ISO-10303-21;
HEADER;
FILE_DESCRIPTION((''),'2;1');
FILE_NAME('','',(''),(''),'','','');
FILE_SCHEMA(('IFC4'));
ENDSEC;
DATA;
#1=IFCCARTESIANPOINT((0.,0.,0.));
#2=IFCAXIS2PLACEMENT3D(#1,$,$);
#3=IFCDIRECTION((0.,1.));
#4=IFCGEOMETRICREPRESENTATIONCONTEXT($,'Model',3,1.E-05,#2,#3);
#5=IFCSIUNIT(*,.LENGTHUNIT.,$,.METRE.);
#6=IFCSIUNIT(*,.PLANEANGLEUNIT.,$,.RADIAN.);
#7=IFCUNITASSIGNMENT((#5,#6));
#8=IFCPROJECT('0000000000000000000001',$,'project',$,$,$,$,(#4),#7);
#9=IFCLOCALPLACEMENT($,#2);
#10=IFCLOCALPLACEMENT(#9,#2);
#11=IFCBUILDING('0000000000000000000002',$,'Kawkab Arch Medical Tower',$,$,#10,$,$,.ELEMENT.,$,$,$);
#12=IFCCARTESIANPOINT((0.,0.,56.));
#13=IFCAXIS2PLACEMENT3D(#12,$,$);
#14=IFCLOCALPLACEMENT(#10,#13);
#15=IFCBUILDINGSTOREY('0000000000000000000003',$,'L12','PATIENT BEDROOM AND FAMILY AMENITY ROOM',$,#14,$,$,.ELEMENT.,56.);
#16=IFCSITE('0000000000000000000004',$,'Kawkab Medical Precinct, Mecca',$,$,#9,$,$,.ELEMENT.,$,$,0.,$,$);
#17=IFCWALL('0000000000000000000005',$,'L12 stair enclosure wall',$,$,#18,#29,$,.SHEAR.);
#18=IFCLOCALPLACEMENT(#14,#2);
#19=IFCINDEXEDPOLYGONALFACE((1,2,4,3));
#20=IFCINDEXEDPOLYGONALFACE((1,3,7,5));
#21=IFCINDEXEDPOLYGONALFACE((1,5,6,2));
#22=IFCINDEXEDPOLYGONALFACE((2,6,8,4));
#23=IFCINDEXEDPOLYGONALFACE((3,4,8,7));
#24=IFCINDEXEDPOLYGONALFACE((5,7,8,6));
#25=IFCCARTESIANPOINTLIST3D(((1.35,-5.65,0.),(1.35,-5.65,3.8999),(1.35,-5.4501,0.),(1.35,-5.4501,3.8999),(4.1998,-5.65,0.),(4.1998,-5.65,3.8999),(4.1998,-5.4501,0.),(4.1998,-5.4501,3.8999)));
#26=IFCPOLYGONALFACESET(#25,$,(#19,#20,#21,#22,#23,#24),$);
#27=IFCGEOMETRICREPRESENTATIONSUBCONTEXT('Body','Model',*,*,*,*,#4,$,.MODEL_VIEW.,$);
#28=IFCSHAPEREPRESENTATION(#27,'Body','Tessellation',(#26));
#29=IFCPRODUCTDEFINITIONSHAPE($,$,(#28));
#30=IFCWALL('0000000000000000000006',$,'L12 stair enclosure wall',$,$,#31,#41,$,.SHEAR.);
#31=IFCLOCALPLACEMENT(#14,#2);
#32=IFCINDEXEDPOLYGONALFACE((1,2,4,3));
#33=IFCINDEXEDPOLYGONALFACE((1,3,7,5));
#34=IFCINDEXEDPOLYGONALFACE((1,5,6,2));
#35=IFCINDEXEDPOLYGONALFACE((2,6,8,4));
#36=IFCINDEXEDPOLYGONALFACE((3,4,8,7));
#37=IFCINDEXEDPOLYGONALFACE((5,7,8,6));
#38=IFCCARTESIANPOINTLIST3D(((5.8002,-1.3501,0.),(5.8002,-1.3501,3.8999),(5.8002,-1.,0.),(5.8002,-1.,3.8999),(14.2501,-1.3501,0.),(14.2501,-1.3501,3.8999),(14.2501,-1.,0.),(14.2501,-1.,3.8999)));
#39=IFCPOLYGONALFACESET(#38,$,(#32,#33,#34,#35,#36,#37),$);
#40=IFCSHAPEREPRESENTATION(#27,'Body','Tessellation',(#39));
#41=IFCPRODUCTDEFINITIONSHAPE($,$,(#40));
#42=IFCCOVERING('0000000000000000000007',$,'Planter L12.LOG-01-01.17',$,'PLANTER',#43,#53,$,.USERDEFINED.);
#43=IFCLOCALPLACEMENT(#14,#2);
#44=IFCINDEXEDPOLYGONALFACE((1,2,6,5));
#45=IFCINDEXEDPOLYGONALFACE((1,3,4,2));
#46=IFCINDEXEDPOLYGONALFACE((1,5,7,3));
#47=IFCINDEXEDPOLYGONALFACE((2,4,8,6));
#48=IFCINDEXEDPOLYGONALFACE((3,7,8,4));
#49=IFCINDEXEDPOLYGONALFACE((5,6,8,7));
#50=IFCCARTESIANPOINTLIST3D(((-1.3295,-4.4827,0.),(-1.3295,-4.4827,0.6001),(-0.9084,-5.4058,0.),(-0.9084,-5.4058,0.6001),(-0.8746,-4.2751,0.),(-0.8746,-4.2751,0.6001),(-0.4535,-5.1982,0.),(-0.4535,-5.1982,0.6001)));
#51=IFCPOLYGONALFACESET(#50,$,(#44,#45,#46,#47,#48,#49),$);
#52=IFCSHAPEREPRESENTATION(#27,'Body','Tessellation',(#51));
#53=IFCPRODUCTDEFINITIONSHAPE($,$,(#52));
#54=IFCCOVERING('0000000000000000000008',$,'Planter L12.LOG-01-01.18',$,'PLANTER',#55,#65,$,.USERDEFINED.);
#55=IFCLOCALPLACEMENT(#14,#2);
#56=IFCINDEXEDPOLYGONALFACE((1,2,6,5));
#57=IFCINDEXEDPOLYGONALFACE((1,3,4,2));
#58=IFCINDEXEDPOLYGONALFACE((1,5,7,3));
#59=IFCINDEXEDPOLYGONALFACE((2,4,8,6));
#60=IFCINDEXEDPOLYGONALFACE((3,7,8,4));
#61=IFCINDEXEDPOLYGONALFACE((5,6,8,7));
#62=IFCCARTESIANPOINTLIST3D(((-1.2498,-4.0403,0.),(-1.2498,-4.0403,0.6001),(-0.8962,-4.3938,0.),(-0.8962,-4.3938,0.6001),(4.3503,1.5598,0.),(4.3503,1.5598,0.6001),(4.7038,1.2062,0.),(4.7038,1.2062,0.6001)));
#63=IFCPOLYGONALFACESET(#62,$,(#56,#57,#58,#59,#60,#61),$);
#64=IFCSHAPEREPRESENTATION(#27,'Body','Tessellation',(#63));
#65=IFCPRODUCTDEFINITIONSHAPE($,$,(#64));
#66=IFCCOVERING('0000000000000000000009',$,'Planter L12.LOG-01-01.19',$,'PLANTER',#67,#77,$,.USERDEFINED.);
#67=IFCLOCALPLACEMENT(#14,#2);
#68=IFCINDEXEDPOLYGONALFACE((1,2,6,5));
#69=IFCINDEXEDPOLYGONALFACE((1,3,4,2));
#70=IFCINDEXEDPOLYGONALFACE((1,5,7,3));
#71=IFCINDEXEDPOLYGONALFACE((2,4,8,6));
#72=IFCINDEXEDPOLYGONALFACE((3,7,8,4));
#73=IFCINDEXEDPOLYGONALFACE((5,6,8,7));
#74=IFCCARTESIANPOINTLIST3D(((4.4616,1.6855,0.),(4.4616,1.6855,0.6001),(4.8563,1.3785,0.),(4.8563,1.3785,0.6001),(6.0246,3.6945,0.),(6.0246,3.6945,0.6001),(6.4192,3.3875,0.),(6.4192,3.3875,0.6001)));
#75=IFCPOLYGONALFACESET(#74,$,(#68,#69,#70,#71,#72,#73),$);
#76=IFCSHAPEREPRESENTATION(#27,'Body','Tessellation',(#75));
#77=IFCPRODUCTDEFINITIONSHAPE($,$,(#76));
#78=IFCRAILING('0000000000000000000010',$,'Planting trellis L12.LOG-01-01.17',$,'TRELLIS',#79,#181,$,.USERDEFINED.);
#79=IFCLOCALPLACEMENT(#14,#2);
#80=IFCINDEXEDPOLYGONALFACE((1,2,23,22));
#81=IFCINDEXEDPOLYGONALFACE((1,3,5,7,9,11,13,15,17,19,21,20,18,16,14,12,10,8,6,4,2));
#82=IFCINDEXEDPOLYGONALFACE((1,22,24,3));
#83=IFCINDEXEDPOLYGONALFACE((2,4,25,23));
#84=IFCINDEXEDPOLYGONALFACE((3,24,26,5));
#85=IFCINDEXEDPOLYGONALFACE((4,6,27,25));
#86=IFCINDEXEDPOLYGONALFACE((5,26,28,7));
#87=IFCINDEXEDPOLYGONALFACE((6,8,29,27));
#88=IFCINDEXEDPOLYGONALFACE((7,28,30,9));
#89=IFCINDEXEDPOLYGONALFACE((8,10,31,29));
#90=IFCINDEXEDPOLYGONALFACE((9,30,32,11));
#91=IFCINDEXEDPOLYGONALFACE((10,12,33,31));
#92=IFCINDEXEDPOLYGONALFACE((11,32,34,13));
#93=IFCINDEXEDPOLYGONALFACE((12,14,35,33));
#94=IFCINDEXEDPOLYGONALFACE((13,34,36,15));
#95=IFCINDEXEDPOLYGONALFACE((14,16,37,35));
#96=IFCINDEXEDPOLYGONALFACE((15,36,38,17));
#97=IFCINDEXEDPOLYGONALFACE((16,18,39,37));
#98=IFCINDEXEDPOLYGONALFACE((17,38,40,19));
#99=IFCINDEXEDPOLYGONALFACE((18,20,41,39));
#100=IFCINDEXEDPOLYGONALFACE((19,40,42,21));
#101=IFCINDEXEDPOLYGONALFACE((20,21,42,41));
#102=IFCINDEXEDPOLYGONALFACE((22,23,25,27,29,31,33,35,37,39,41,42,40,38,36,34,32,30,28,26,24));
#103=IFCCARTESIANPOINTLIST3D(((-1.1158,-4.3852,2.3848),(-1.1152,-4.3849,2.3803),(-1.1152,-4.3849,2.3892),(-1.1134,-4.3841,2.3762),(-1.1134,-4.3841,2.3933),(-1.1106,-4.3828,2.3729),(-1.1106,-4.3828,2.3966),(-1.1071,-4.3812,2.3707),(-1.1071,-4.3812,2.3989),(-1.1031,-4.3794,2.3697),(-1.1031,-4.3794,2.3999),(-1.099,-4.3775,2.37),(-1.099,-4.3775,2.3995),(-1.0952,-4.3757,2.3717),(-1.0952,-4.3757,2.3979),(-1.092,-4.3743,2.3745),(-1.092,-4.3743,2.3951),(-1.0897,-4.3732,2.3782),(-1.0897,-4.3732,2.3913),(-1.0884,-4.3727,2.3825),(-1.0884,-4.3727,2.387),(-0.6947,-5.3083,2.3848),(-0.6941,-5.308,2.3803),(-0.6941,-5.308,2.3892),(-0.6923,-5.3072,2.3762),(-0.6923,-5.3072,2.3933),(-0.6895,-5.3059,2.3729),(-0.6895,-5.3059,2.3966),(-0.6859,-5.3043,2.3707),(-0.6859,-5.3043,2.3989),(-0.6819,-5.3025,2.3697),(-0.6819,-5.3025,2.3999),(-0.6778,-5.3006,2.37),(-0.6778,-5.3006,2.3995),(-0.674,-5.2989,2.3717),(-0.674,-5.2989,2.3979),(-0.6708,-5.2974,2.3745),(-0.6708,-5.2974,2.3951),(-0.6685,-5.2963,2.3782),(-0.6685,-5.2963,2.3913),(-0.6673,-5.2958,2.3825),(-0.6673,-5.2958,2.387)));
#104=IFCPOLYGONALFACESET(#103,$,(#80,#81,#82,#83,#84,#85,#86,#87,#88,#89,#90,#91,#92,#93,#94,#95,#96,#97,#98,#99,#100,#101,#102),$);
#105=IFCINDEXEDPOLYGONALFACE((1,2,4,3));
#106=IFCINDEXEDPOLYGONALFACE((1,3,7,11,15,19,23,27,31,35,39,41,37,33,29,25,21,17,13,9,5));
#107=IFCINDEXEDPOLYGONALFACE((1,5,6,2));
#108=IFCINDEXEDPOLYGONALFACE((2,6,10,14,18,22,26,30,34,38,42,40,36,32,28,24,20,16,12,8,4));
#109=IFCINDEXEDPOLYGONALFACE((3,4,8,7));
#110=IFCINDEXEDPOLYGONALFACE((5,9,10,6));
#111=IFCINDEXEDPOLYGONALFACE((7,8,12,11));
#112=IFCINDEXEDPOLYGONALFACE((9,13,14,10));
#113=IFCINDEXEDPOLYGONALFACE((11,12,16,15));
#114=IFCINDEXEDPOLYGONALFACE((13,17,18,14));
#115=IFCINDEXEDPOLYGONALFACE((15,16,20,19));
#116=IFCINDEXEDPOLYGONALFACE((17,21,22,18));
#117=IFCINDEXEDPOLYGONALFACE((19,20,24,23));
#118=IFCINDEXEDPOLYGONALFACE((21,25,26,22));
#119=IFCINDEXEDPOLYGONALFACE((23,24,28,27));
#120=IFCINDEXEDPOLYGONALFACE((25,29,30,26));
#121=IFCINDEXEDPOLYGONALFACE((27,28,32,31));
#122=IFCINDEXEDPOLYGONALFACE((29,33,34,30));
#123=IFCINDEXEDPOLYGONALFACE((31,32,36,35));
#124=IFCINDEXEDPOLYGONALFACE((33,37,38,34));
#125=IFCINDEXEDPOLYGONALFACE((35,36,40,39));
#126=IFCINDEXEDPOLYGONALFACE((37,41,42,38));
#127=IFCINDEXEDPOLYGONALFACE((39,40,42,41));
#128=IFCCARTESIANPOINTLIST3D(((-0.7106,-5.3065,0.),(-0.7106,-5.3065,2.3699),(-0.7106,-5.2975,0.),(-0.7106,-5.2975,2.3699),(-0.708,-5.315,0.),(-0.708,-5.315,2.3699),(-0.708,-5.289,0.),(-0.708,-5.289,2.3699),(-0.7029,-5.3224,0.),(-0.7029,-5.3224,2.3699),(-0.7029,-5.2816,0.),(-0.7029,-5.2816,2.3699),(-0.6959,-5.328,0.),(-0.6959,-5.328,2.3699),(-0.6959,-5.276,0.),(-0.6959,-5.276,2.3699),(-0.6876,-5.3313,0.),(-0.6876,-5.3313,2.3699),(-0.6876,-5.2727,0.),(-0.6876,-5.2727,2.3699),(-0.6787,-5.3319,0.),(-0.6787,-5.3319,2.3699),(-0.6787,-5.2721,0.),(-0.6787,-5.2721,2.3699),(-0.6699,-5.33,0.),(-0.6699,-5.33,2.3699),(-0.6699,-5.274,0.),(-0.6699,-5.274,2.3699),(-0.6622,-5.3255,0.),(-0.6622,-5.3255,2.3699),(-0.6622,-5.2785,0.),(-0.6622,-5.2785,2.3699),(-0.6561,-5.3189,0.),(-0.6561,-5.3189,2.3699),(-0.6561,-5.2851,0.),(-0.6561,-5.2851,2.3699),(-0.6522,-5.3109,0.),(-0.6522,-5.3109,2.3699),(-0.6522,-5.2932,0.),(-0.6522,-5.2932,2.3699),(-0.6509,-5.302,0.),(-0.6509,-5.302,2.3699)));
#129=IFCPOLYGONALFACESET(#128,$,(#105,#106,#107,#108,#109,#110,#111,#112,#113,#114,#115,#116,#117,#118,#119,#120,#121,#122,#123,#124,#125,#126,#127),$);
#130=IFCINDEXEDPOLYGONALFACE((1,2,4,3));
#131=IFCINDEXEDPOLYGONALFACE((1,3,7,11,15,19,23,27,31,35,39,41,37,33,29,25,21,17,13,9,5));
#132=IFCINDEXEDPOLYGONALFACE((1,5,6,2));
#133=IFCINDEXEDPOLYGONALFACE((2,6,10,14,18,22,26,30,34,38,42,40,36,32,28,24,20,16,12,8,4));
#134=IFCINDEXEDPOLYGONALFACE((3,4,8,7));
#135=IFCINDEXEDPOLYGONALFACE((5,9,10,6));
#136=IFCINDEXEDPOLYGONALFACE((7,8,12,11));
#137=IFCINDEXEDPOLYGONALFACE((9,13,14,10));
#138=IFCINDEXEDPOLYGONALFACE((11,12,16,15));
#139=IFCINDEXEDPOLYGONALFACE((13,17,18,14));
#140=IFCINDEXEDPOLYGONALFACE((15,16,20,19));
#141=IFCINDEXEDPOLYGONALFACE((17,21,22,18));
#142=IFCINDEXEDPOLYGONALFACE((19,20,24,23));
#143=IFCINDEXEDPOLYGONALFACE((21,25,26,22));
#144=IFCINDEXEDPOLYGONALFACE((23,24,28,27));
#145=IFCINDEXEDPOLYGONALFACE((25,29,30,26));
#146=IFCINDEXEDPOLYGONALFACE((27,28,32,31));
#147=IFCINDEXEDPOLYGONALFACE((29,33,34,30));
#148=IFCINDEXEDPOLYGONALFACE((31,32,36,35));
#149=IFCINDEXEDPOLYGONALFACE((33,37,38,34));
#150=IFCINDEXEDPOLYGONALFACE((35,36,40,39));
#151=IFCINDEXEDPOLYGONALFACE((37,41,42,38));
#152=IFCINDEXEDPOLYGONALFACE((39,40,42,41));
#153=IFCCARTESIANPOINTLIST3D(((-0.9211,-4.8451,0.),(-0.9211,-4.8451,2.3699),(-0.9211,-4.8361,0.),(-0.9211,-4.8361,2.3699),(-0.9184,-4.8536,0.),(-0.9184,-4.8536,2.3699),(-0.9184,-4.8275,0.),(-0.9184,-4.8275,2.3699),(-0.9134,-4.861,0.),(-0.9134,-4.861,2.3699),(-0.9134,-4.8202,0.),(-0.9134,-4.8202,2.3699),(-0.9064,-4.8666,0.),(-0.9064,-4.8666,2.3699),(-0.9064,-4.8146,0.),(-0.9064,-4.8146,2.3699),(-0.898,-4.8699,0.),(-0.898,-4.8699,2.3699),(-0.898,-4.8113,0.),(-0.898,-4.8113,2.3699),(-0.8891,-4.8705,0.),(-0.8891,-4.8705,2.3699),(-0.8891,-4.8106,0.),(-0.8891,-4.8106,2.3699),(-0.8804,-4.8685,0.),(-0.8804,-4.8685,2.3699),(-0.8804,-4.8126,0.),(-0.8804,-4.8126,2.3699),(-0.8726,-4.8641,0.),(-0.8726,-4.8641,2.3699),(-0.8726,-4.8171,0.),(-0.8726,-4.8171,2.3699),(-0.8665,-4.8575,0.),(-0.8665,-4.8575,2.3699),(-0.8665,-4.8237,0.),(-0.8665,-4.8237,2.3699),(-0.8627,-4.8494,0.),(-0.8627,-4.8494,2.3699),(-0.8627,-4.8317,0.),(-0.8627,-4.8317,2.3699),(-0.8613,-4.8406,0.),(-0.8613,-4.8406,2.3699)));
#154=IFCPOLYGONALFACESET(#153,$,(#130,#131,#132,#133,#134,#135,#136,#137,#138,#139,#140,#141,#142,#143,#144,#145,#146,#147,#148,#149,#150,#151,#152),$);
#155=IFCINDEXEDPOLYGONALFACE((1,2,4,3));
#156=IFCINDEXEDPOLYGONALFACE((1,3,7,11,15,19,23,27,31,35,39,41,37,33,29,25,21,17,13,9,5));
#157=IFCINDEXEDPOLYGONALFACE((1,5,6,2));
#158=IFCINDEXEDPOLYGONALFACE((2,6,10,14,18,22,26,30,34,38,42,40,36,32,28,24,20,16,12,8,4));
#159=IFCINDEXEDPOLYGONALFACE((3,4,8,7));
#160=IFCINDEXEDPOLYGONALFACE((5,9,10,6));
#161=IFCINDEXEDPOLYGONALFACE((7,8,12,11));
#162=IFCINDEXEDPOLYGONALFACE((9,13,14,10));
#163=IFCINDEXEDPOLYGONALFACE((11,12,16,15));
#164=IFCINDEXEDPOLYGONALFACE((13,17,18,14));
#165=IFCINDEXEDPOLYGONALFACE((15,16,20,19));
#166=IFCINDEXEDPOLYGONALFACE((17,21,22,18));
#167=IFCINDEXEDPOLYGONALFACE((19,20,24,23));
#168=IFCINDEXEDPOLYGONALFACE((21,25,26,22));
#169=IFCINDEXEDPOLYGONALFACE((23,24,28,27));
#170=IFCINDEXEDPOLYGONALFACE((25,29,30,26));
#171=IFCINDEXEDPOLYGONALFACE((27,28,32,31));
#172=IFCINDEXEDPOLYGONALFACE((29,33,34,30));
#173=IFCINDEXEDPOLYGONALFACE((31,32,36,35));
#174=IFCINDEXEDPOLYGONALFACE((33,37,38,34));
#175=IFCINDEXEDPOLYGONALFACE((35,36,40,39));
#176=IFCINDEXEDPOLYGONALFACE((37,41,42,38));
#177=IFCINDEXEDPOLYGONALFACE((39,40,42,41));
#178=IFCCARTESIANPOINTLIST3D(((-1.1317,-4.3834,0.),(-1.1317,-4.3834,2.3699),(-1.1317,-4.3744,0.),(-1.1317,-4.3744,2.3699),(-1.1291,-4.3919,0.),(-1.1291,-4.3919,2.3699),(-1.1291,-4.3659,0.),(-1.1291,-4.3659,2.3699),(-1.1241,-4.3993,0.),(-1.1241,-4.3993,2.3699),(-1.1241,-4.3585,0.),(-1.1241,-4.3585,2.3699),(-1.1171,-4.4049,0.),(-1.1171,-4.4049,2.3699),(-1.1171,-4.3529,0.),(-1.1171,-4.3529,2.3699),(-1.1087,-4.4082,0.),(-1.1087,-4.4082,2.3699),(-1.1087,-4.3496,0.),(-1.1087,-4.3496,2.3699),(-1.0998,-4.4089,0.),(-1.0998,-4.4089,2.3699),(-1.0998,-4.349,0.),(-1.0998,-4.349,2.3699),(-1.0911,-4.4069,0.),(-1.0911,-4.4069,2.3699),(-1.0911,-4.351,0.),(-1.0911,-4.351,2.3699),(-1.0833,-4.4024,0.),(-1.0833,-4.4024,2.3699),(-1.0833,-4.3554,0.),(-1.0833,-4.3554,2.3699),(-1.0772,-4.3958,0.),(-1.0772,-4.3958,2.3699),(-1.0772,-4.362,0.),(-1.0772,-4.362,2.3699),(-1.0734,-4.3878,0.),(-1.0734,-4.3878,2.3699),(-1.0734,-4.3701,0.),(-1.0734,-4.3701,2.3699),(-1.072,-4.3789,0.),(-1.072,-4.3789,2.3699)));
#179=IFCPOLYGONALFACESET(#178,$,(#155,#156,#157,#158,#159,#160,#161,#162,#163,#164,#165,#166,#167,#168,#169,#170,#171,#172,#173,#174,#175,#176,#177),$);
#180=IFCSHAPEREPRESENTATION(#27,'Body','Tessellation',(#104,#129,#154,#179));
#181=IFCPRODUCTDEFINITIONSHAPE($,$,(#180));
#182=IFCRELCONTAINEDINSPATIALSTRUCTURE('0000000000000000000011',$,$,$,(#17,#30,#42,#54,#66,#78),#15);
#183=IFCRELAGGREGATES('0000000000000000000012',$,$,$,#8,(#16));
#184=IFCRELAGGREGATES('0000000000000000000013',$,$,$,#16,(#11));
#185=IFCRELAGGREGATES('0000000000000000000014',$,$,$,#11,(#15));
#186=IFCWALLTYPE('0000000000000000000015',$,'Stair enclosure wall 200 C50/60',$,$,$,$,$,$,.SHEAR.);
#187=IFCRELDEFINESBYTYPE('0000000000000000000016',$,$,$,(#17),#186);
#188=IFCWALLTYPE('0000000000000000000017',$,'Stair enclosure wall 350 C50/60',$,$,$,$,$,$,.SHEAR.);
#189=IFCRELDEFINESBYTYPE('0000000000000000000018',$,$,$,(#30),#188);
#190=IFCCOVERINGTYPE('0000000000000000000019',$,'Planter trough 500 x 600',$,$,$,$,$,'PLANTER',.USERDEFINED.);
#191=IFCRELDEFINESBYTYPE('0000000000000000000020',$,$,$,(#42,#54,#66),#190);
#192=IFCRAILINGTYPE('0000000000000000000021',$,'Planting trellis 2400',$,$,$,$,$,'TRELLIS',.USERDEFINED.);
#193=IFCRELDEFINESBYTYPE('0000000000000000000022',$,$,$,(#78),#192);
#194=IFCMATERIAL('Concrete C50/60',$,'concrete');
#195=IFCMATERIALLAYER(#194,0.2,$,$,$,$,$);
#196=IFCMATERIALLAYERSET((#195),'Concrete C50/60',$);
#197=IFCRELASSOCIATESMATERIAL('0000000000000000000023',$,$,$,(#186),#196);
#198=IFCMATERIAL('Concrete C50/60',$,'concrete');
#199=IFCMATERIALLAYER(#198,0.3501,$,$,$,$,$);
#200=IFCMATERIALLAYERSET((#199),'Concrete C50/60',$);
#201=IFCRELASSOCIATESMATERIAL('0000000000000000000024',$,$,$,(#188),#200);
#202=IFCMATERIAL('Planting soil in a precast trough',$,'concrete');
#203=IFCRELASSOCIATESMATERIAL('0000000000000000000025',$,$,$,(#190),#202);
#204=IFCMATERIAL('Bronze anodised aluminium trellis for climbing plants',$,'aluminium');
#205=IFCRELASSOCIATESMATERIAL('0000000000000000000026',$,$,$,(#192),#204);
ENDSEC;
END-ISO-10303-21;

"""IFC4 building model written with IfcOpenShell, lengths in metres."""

from ifc_helpers import new_model, si_unit, direction, frame, frame_2d, origin, origin_2d, place, context, subcontext, project, spatial, rectangle, circle, extrude, material, layer, layer_set, material_profile, profile_set, type_object, element, save


model = new_model("IFC4")

# Units and contexts
model_context = context("Model", 3, precision=1e-05, world=origin(), true_north=direction((0.0, 1.0)))
body_context = subcontext(model_context, "Body", "Model", "MODEL_VIEW")
ifc_project = project(units=[si_unit("LENGTHUNIT", "METRE"), si_unit("PLANEANGLEUNIT", "RADIAN")], contexts=[model_context])

# Site, building, storey
site_placement = place(None, origin())
site = spatial("IfcSite", under=ifc_project, at=site_placement, Name="Kawkab Medical Precinct, Mecca", CompositionType="ELEMENT", RefElevation=0.0)
building_placement = place(site_placement, origin())
building = spatial("IfcBuilding", under=site, at=building_placement, Name="Kawkab Arch Medical Tower", CompositionType="ELEMENT")
storey_placement = place(building_placement, frame((0.0, 0.0, 56.0)))
storey = spatial("IfcBuildingStorey", under=building, at=storey_placement, Name="L12", Description="PATIENT BEDROOM AND FAMILY AMENITY ROOM", CompositionType="ELEMENT", Elevation=56.0)

# Walls
ifc_material_1 = material(Name="Concrete C50/60", Category="concrete")
ifc_layer_1 = layer(ifc_material_1, 0.2)
ifc_layer_set_1 = layer_set([ifc_layer_1], Name="Concrete C50/60")
wall_type_1 = type_object("IfcWallType", Name="Stair enclosure wall 200 C50/60", PredefinedType="SHEAR", material=ifc_layer_set_1)
wall_1_placement = place(storey_placement, frame((1.3501, -5.55, 0.0), z_axis=(0.0, 0.0, 1.0), x_axis=(1.0, 0.0, 0.0)))
element("IfcWall", 1, at=wall_1_placement, inside=storey, type_object=wall_type_1, Name="L12 stair enclosure wall", PredefinedType="SHEAR", context=body_context, shape_type="SweptSolid", body=[
    extrude(rectangle(XDim=2.8499, YDim=0.2, at=frame_2d((1.4248, 0.0))), origin(), (0.0, 0.0, 1.0), 3.8999),
])
ifc_material_2 = material(Name="Concrete C50/60", Category="concrete")
ifc_layer_2 = layer(ifc_material_2, 0.3501)
ifc_layer_set_2 = layer_set([ifc_layer_2], Name="Concrete C50/60")
wall_type_2 = type_object("IfcWallType", Name="Stair enclosure wall 350 C50/60", PredefinedType="SHEAR", material=ifc_layer_set_2)
wall_2_placement = place(storey_placement, frame((5.8, -1.175, 0.0), z_axis=(0.0, 0.0, 1.0), x_axis=(1.0, 0.0, 0.0)))
element("IfcWall", 2, at=wall_2_placement, inside=storey, type_object=wall_type_2, Name="L12 stair enclosure wall", PredefinedType="SHEAR", context=body_context, shape_type="SweptSolid", body=[
    extrude(rectangle(XDim=8.45, YDim=0.3501, at=frame_2d((4.2251, 0.0))), origin(), (0.0, 0.0, 1.0), 3.8999),
])

# Coverings
ifc_material_3 = material(Name="Planting soil in a precast trough", Category="concrete")
ifc_material_profile_1 = material_profile(ifc_material_3, rectangle(XDim=0.5, YDim=0.6001, at=origin_2d()), Name="Trough 500x600")
ifc_profile_set_1 = profile_set([ifc_material_profile_1], Name="Planting soil in a precast trough")
covering_type = type_object("IfcCoveringType", Name="Planter trough 500 x 600", ElementType="PLANTER", PredefinedType="USERDEFINED", material=ifc_profile_set_1)
covering_1_placement = place(storey_placement, frame((-0.6809, -5.302, 0.3), z_axis=(-0.415072, 0.909789, 0.0), x_axis=(-0.909789, -0.415072, 0.0)))
element("IfcCovering", 3, at=covering_1_placement, inside=storey, type_object=covering_type, Name="Planter L12.LOG-01-01.17", ObjectType="PLANTER", PredefinedType="USERDEFINED", context=body_context, shape_type="SweptSolid", body=[
    extrude(rectangle(XDim=0.5, YDim=0.6001, at=origin_2d()), origin(), (0.0, 0.0, 1.0), 1.0146),
])
covering_2_placement = place(storey_placement, frame((-1.073, -4.217, 0.3), z_axis=(0.707107, 0.707107, 0.0), x_axis=(-0.707107, 0.707107, 0.0)))
element("IfcCovering", 4, at=covering_2_placement, inside=storey, type_object=covering_type, Name="Planter L12.LOG-01-01.18", ObjectType="PLANTER", PredefinedType="USERDEFINED", context=body_context, shape_type="SweptSolid", body=[
    extrude(rectangle(XDim=0.5, YDim=0.6001, at=origin_2d()), origin(), (0.0, 0.0, 1.0), 7.9197),
])
covering_3_placement = place(storey_placement, frame((4.6589, 1.532, 0.3), z_axis=(0.61404, 0.789275, 0.0), x_axis=(-0.789275, 0.61404, 0.0)))
element("IfcCovering", 5, at=covering_3_placement, inside=storey, type_object=covering_type, Name="Planter L12.LOG-01-01.19", ObjectType="PLANTER", PredefinedType="USERDEFINED", context=body_context, shape_type="SweptSolid", body=[
    extrude(rectangle(XDim=0.5, YDim=0.6001, at=origin_2d()), origin(), (0.0, 0.0, 1.0), 2.5454),
])

# Railing
ifc_material_4 = material(Name="Bronze anodised aluminium trellis for climbing plants", Category="aluminium")
railing_type_1 = type_object("IfcRailingType", Name="Planting trellis 2400", ElementType="TRELLIS", PredefinedType="USERDEFINED", material=ifc_material_4)
railing_1_placement = place(storey_placement, frame((-0.6809, -5.302, 0.0)))
element("IfcRailing", 6, at=railing_1_placement, inside=storey, type_object=railing_type_1, Name="Planting trellis L12.LOG-01-01.17", ObjectType="TRELLIS", PredefinedType="USERDEFINED", context=body_context, shape_type="SweptSolid", body=[
    extrude(circle(Radius=0.0151, at=origin_2d()), frame((0.0, 0.0, 2.3848), z_axis=(-0.415072, 0.909789, 0.0), x_axis=(-0.909789, -0.415072, 0.0)), (0.0, 0.0, 1.0), 1.0146),
    extrude(circle(Radius=0.03, at=origin_2d()), origin(), (0.0, 0.0, 1.0), 2.3699),
    extrude(circle(Radius=0.03, at=origin_2d()), frame((-0.2104, 0.4614, 0.0)), (0.0, 0.0, 1.0), 2.3699),
    extrude(circle(Radius=0.03, at=origin_2d()), frame((-0.4211, 0.9231, 0.0)), (0.0, 0.0, 1.0), 2.3699),
])

save(model, "model.ifc")
